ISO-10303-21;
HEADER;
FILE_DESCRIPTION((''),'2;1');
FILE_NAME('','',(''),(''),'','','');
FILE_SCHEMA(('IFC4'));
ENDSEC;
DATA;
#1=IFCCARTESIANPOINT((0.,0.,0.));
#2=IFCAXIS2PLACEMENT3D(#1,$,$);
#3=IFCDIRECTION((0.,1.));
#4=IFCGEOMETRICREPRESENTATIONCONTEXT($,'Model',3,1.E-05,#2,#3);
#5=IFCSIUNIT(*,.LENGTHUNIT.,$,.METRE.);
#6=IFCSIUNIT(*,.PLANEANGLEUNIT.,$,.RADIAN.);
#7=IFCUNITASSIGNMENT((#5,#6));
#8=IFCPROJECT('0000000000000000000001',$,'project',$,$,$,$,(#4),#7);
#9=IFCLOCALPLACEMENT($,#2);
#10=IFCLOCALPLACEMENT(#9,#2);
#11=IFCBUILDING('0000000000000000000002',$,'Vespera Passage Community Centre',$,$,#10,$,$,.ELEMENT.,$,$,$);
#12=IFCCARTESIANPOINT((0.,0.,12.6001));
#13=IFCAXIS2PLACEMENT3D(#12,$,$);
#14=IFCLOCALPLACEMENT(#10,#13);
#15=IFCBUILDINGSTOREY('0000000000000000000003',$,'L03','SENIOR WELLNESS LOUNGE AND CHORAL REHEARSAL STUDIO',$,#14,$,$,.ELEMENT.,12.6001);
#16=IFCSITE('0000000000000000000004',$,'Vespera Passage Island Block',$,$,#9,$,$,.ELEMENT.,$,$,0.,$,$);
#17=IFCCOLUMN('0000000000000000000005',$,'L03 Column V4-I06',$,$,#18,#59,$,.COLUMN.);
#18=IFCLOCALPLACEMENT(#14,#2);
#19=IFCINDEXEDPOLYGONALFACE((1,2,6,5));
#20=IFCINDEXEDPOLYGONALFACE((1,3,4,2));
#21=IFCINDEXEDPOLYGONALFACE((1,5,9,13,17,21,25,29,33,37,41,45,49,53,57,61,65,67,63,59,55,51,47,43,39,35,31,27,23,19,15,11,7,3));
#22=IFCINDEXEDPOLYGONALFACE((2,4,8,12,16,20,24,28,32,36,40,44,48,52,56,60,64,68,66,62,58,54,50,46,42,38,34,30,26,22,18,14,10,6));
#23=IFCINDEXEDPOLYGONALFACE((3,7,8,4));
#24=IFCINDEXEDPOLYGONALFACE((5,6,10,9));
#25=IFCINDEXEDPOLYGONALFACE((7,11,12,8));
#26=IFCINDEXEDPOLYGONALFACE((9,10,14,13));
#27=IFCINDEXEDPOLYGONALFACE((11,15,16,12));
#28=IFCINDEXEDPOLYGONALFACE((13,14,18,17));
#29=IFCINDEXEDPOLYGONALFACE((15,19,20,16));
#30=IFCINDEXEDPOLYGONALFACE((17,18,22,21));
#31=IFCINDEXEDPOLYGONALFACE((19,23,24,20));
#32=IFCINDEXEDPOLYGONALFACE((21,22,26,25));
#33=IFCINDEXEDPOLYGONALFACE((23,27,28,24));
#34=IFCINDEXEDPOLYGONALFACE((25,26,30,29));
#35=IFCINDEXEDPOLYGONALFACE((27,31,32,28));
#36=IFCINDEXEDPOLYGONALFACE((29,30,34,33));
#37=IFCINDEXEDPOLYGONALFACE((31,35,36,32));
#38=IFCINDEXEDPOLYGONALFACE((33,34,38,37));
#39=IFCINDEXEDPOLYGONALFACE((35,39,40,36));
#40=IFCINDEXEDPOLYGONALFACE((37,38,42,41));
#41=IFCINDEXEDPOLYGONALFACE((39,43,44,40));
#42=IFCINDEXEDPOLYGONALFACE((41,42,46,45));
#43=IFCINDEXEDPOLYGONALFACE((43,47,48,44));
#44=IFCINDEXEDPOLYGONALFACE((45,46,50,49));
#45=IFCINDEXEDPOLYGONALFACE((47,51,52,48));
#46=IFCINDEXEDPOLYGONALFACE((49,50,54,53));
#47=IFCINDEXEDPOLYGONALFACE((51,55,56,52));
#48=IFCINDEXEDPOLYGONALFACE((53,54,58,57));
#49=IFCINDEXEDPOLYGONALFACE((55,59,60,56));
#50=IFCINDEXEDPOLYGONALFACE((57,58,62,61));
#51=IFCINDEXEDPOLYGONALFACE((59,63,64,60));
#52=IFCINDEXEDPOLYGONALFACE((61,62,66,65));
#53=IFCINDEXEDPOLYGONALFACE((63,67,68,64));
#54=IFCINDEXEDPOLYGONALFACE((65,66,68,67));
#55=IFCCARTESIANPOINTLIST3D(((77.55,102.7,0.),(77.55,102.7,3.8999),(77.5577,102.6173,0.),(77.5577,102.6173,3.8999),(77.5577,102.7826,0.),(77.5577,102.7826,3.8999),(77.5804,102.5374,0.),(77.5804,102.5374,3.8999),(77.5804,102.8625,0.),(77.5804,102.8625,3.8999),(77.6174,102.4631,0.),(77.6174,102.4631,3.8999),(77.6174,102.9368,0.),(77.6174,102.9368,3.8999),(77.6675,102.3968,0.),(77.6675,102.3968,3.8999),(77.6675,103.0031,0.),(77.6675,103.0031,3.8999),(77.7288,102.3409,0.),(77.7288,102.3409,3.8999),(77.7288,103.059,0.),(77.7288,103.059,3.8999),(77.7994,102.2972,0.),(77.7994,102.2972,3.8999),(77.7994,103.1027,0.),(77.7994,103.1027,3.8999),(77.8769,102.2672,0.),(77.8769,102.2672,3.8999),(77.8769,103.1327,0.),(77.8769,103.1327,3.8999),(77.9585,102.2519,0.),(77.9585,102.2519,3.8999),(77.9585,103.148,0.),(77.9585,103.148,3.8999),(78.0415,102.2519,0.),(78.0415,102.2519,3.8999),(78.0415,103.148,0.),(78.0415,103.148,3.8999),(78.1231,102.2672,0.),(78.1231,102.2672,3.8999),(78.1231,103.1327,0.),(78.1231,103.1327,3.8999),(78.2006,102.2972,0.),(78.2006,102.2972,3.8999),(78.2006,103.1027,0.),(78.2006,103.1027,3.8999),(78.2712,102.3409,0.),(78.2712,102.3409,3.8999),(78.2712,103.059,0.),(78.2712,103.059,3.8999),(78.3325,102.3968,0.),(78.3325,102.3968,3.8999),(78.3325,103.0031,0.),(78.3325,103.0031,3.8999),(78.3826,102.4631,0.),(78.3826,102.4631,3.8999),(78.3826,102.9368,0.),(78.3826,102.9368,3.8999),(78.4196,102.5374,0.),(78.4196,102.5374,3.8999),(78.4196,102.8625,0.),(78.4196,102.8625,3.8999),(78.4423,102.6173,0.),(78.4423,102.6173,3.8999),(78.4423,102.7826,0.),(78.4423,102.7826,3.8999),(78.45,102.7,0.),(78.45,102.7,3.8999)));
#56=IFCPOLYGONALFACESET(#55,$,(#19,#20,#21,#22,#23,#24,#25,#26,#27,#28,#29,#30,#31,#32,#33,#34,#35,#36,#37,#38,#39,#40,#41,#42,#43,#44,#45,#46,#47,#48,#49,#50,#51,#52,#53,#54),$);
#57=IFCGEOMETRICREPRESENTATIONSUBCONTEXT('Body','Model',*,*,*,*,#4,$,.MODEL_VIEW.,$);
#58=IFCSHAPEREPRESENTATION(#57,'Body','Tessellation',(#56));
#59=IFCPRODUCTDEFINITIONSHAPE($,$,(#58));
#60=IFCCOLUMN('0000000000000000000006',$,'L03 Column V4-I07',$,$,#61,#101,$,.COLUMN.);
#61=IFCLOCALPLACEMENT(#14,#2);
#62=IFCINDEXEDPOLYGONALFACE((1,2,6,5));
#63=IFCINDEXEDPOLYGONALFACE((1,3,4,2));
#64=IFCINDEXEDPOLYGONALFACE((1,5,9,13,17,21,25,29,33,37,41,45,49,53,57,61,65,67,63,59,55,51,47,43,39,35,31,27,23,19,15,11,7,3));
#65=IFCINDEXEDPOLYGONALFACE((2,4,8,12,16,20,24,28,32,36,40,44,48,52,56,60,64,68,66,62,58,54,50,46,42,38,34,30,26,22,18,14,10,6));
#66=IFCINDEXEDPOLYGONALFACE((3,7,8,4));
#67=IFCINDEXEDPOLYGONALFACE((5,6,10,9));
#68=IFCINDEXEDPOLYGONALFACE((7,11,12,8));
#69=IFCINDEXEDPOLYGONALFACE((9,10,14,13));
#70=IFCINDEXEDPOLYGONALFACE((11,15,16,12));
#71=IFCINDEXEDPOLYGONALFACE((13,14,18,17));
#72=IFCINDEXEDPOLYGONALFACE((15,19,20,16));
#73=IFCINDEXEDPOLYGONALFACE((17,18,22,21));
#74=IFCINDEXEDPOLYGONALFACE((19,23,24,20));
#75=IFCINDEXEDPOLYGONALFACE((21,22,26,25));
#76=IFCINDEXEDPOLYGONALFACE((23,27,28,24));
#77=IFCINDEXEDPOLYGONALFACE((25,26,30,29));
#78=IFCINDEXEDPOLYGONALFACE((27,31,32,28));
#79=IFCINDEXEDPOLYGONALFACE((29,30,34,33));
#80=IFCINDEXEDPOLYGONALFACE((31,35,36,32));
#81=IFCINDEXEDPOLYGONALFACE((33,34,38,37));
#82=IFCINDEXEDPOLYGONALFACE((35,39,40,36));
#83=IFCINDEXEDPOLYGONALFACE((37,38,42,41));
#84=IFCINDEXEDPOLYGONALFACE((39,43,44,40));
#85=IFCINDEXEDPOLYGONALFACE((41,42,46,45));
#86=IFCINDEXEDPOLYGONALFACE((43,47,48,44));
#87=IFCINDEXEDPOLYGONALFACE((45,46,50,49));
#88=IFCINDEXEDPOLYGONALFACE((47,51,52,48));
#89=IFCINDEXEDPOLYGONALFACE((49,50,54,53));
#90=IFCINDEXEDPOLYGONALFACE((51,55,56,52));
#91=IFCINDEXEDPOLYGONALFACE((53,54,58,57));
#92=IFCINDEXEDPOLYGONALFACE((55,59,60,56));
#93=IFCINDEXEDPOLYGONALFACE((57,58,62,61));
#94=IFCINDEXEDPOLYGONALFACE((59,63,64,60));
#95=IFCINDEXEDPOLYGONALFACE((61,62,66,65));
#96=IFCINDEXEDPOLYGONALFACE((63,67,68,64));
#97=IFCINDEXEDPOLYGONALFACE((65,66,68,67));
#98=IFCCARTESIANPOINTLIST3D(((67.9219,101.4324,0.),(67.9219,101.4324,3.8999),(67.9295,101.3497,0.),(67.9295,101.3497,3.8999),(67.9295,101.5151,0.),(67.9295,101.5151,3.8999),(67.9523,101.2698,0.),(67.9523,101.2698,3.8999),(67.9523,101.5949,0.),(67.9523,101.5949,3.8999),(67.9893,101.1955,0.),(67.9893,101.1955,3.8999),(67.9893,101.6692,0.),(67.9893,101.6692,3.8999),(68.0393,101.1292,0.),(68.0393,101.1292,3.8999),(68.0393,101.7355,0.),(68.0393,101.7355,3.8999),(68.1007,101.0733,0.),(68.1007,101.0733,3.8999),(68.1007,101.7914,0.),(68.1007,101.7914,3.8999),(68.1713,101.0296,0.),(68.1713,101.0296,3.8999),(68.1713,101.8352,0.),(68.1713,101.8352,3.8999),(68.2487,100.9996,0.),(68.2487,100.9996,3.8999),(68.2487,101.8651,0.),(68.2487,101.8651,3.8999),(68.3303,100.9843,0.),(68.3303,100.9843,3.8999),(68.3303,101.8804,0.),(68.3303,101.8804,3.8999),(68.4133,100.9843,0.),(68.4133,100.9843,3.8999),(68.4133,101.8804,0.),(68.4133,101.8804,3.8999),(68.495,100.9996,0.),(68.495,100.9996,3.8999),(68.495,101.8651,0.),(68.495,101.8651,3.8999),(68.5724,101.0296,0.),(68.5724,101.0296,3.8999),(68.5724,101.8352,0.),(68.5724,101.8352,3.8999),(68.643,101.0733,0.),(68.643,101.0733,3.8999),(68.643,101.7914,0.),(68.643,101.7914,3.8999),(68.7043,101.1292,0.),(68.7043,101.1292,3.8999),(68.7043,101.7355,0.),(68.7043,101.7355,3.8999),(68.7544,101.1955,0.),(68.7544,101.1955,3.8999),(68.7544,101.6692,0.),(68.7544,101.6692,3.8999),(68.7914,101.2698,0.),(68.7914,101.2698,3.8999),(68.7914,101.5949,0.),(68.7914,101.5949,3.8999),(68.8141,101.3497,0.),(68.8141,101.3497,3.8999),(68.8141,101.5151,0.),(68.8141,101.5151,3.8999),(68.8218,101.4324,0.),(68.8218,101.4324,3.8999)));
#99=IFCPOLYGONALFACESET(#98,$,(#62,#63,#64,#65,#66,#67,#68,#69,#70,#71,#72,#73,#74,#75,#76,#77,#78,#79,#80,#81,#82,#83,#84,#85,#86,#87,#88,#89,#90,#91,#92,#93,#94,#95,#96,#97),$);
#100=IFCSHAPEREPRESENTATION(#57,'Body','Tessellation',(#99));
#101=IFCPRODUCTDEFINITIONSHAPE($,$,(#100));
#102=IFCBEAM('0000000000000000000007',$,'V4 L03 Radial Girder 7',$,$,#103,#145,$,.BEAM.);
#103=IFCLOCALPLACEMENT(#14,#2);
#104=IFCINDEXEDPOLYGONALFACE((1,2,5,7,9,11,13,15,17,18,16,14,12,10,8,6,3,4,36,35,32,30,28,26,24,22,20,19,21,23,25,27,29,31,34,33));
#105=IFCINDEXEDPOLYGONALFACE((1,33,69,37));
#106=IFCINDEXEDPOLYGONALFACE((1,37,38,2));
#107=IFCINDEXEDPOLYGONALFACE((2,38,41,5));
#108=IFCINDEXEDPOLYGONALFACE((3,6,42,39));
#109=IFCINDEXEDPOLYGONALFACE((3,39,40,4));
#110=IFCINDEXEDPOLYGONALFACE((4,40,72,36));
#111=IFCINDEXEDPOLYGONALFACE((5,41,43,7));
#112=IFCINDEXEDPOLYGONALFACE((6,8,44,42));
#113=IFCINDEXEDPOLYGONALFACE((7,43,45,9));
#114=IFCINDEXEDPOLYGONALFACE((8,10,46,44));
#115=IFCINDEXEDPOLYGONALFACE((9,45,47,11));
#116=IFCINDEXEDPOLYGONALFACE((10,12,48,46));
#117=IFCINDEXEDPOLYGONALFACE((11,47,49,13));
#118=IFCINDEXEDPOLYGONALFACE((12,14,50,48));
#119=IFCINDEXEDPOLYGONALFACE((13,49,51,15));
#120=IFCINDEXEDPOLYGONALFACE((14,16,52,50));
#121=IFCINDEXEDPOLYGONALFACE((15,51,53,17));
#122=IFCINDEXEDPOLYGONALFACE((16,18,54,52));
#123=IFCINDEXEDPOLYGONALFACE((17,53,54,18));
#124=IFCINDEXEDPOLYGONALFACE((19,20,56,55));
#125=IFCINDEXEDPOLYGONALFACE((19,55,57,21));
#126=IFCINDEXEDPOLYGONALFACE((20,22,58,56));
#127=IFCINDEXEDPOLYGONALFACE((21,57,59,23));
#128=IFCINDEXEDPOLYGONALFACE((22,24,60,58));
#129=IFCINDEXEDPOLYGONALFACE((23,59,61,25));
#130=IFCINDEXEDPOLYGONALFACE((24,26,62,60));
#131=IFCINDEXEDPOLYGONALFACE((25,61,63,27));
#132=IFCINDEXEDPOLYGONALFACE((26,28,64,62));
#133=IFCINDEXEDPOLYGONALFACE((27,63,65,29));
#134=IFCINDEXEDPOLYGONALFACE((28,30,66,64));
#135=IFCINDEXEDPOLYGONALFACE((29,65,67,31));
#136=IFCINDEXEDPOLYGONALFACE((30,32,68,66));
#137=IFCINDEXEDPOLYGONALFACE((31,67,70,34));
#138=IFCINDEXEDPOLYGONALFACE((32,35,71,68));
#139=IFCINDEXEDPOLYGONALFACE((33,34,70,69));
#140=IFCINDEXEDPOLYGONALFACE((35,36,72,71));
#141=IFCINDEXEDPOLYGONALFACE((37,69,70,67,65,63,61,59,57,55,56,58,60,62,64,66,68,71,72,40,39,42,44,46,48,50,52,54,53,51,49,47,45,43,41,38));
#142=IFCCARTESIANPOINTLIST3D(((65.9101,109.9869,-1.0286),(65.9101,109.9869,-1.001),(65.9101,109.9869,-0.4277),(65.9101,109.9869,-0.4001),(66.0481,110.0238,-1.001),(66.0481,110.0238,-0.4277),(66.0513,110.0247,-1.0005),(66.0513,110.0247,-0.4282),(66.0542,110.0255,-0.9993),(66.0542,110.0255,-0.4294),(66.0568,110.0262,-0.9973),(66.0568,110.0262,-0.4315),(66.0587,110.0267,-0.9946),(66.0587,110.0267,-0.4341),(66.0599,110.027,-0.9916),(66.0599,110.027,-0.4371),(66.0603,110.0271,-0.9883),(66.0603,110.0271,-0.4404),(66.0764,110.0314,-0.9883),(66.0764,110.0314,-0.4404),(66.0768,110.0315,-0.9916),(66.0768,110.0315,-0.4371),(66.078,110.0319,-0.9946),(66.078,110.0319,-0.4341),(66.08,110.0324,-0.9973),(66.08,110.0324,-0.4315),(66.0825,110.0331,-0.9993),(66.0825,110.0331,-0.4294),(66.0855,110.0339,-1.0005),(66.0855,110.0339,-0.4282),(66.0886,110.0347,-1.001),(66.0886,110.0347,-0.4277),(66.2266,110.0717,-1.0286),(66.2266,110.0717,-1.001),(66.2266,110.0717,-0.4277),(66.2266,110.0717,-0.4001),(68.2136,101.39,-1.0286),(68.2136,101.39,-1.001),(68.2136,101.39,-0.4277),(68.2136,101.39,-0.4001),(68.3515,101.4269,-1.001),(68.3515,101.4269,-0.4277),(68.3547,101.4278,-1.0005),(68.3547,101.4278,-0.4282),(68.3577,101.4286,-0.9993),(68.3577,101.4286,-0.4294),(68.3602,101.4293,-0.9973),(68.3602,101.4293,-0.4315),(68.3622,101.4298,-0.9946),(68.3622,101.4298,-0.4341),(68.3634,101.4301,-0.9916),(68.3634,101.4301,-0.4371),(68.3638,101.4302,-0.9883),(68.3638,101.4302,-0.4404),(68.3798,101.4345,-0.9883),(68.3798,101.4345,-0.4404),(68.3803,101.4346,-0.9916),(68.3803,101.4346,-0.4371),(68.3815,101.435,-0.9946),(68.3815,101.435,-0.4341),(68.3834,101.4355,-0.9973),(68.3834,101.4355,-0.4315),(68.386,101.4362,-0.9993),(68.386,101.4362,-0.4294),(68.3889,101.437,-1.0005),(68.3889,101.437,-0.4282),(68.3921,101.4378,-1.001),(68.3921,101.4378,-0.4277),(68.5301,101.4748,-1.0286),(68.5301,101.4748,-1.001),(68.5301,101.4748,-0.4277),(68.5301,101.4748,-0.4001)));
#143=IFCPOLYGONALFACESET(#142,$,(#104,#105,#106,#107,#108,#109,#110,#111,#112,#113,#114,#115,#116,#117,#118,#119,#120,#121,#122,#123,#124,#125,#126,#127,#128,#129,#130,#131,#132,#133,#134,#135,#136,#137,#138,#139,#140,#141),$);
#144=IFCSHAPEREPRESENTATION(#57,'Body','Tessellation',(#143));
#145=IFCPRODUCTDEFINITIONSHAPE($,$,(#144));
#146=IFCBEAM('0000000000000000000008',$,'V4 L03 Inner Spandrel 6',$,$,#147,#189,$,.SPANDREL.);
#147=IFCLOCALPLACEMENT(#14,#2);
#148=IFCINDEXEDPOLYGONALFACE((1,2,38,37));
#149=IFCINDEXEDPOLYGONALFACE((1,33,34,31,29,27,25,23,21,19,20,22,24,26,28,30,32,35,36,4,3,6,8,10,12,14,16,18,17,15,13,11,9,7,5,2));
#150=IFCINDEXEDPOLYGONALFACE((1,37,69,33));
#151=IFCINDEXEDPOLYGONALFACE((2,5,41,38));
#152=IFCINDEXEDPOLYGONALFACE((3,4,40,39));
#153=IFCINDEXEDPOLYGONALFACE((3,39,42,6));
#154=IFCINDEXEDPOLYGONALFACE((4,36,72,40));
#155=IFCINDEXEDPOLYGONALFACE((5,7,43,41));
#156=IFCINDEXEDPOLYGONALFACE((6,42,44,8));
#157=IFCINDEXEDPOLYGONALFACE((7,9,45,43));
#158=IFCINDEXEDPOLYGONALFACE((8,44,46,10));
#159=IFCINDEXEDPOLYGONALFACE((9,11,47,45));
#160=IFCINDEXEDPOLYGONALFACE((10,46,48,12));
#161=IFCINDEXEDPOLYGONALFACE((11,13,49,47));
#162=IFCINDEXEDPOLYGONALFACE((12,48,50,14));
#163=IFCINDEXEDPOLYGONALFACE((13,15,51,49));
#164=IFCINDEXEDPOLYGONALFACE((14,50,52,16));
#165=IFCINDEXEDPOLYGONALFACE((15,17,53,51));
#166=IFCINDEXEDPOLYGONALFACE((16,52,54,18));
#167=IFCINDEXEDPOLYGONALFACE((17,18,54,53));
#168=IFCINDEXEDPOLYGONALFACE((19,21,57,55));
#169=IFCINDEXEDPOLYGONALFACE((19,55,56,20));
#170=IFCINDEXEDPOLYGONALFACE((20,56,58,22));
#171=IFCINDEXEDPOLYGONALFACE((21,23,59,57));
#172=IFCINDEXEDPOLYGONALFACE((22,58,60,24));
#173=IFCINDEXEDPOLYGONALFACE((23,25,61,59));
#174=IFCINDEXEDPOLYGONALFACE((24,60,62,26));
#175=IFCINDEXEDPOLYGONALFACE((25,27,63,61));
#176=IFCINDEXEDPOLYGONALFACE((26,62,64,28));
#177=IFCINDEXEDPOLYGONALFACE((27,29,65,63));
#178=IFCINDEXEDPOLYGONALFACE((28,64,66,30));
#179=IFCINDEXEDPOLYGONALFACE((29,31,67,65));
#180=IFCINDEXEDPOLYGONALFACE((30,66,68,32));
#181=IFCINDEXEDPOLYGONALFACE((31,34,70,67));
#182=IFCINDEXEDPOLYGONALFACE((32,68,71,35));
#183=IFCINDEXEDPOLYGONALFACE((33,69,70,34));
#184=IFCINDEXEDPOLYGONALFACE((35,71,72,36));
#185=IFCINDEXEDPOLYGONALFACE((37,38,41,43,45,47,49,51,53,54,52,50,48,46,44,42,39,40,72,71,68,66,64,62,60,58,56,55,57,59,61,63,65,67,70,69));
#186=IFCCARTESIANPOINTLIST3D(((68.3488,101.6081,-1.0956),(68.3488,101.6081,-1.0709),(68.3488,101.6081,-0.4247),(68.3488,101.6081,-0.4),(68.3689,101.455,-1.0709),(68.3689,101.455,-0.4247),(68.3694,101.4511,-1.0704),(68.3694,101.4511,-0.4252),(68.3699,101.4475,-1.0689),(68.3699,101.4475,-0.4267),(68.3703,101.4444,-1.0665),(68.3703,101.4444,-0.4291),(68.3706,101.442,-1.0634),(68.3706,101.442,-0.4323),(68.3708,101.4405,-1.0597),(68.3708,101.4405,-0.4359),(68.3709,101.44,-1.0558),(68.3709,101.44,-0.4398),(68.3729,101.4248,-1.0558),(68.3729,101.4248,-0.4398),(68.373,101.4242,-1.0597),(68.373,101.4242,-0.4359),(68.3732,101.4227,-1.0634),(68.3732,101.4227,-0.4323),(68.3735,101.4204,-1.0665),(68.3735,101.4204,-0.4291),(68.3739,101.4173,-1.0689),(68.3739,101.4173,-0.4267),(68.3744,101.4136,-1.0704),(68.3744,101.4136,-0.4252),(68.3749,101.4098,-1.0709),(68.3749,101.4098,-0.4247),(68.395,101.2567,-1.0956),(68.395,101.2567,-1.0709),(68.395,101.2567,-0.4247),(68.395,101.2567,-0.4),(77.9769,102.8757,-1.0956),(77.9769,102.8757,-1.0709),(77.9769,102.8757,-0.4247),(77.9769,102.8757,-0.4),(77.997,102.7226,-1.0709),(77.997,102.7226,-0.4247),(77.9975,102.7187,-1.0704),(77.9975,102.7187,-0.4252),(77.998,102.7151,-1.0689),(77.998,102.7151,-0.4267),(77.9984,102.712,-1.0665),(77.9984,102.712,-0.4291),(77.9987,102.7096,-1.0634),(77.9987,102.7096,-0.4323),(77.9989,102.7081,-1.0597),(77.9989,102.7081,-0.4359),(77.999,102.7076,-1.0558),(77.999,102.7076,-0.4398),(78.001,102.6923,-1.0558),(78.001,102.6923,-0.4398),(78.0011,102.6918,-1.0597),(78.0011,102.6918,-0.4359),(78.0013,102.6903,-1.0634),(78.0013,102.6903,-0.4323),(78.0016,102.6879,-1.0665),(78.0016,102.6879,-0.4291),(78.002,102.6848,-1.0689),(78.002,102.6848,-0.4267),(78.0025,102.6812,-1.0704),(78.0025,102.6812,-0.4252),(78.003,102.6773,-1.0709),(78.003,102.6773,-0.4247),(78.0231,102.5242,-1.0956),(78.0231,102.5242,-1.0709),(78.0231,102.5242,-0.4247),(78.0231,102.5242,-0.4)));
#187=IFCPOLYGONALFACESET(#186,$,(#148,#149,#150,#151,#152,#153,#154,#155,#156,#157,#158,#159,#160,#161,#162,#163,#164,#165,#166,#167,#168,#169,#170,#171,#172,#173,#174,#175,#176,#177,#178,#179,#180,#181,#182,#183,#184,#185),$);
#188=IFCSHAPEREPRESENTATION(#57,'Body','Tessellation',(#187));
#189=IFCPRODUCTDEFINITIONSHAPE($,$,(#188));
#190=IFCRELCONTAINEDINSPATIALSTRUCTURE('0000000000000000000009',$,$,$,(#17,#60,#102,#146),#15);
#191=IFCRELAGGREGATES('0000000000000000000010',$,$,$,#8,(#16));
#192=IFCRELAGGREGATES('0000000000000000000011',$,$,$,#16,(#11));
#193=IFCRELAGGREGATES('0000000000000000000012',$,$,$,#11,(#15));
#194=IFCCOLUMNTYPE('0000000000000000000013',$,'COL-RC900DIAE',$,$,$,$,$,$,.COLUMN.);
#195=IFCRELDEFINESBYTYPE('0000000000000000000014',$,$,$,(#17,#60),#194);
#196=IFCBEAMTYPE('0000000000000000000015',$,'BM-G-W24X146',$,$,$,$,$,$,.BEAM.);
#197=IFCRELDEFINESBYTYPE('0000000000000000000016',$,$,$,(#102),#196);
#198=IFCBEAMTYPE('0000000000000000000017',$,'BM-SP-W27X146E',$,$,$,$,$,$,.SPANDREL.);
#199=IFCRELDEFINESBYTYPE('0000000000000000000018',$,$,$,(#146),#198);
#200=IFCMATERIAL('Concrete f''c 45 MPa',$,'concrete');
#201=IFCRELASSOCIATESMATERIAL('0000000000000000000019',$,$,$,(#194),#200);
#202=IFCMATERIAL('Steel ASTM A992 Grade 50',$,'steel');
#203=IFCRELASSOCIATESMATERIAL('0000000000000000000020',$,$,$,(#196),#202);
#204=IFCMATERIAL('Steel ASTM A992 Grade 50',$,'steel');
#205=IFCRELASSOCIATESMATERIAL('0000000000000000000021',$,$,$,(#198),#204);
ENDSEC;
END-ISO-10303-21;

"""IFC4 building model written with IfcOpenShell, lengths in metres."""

from ifc_helpers import new_model, si_unit, direction, frame, origin, origin_2d, place, context, subcontext, project, spatial, circle, i_section, extrude, material, material_profile, profile_set, type_object, element, save


model = new_model("IFC4")

# Units and contexts
model_context = context("Model", 3, precision=1e-05, world=origin(), true_north=direction((0.0, 1.0)))
body_context = subcontext(model_context, "Body", "Model", "MODEL_VIEW")
ifc_project = project(units=[si_unit("LENGTHUNIT", "METRE"), si_unit("PLANEANGLEUNIT", "RADIAN")], contexts=[model_context])

# Site, building, storey
site_placement = place(None, origin())
site = spatial("IfcSite", under=ifc_project, at=site_placement, Name="Vespera Passage Island Block", CompositionType="ELEMENT", RefElevation=0.0)
building_placement = place(site_placement, origin())
building = spatial("IfcBuilding", under=site, at=building_placement, Name="Vespera Passage Community Centre", CompositionType="ELEMENT")
storey_placement = place(building_placement, frame((0.0, 0.0, 12.6001)))
storey = spatial("IfcBuildingStorey", under=building, at=storey_placement, Name="L03", Description="SENIOR WELLNESS LOUNGE AND CHORAL REHEARSAL STUDIO", CompositionType="ELEMENT", Elevation=12.6001)

# Columns
ifc_material_1 = material(Name="Concrete f'c 45 MPa", Category="concrete")
ifc_material_profile_1 = material_profile(ifc_material_1, circle(Radius=0.45, at=origin_2d()), Name="RC900DIA")
ifc_profile_set_1 = profile_set([ifc_material_profile_1], Name="Concrete f'c 45 MPa")
column_type = type_object("IfcColumnType", Name="COL-RC900DIAE", PredefinedType="COLUMN", material=ifc_profile_set_1)
for number, where, z_axis, x_axis, name in (
    (1, (78.0, 102.7, 0.0), (0.0, 0.0, 1.0), (1.0, 0.0, 0.0), "L03 Column V4-I06"),
    (2, (68.3718, 101.4324, 0.0), (0.0, 0.0, 1.0), (1.0, 0.0, 0.0), "L03 Column V4-I07"),
):
    element("IfcColumn", number, at=place(storey_placement, frame(where, z_axis=z_axis, x_axis=x_axis)), inside=storey, type_object=column_type, Name=name, PredefinedType="COLUMN", context=body_context, shape_type="SweptSolid", body=[
        extrude(circle(Radius=0.45, at=origin_2d()), origin(), (0.0, 0.0, 1.0), 3.8999),
    ])

# Beams
ifc_material_2 = material(Name="Steel ASTM A992 Grade 50", Category="steel")
ifc_material_profile_2 = material_profile(ifc_material_2, i_section(OverallWidth=0.3276, OverallDepth=0.6284, WebThickness=0.0166, FlangeThickness=0.0276, FilletRadius=0.0127, at=origin_2d()), Name="W24X146")
ifc_profile_set_2 = profile_set([ifc_material_profile_2], Name="Steel ASTM A992 Grade 50")
beam_type_1 = type_object("IfcBeamType", Name="BM-G-W24X146", PredefinedType="BEAM", material=ifc_profile_set_2)
beam_placement = place(storey_placement, frame((68.3718, 101.4324, -0.7144), z_axis=(-0.258811, 0.965928, 0.0), x_axis=(-0.965928, -0.258811, 0.0)))
element("IfcBeam", 3, at=beam_placement, inside=storey, type_object=beam_type_1, Name="V4 L03 Radial Girder 7", PredefinedType="BEAM", context=body_context, shape_type="SweptSolid", body=[
    extrude(i_section(OverallWidth=0.3276, OverallDepth=0.6284, WebThickness=0.0166, FlangeThickness=0.0276, FilletRadius=0.0127, at=origin_2d()), origin(), (0.0, 0.0, 1.0), 8.9001),
])
ifc_material_3 = material(Name="Steel ASTM A992 Grade 50", Category="steel")
ifc_material_profile_3 = material_profile(ifc_material_3, i_section(OverallWidth=0.3545, OverallDepth=0.6956, WebThickness=0.0154, FlangeThickness=0.0247, FilletRadius=0.0151, at=origin_2d()), Name="W27X146")
ifc_profile_set_3 = profile_set([ifc_material_profile_3], Name="Steel ASTM A992 Grade 50")
beam_type_2 = type_object("IfcBeamType", Name="BM-SP-W27X146E", PredefinedType="SPANDREL", material=ifc_profile_set_3)
for number, where, z_axis, x_axis, name in (
    (4, (78.0, 102.7, -0.7478), (-0.991445, -0.130527, 0.0), (0.130527, -0.991445, 0.0), "V4 L03 Inner Spandrel 6"),
):
    element("IfcBeam", number, at=place(storey_placement, frame(where, z_axis=z_axis, x_axis=x_axis)), inside=storey, type_object=beam_type_2, Name=name, PredefinedType="SPANDREL", context=body_context, shape_type="SweptSolid", body=[
        extrude(i_section(OverallWidth=0.3545, OverallDepth=0.6956, WebThickness=0.0154, FlangeThickness=0.0247, FilletRadius=0.0151, at=origin_2d()), origin(), (0.0, 0.0, 1.0), 9.7112),
    ])

save(model, "model.ifc")
